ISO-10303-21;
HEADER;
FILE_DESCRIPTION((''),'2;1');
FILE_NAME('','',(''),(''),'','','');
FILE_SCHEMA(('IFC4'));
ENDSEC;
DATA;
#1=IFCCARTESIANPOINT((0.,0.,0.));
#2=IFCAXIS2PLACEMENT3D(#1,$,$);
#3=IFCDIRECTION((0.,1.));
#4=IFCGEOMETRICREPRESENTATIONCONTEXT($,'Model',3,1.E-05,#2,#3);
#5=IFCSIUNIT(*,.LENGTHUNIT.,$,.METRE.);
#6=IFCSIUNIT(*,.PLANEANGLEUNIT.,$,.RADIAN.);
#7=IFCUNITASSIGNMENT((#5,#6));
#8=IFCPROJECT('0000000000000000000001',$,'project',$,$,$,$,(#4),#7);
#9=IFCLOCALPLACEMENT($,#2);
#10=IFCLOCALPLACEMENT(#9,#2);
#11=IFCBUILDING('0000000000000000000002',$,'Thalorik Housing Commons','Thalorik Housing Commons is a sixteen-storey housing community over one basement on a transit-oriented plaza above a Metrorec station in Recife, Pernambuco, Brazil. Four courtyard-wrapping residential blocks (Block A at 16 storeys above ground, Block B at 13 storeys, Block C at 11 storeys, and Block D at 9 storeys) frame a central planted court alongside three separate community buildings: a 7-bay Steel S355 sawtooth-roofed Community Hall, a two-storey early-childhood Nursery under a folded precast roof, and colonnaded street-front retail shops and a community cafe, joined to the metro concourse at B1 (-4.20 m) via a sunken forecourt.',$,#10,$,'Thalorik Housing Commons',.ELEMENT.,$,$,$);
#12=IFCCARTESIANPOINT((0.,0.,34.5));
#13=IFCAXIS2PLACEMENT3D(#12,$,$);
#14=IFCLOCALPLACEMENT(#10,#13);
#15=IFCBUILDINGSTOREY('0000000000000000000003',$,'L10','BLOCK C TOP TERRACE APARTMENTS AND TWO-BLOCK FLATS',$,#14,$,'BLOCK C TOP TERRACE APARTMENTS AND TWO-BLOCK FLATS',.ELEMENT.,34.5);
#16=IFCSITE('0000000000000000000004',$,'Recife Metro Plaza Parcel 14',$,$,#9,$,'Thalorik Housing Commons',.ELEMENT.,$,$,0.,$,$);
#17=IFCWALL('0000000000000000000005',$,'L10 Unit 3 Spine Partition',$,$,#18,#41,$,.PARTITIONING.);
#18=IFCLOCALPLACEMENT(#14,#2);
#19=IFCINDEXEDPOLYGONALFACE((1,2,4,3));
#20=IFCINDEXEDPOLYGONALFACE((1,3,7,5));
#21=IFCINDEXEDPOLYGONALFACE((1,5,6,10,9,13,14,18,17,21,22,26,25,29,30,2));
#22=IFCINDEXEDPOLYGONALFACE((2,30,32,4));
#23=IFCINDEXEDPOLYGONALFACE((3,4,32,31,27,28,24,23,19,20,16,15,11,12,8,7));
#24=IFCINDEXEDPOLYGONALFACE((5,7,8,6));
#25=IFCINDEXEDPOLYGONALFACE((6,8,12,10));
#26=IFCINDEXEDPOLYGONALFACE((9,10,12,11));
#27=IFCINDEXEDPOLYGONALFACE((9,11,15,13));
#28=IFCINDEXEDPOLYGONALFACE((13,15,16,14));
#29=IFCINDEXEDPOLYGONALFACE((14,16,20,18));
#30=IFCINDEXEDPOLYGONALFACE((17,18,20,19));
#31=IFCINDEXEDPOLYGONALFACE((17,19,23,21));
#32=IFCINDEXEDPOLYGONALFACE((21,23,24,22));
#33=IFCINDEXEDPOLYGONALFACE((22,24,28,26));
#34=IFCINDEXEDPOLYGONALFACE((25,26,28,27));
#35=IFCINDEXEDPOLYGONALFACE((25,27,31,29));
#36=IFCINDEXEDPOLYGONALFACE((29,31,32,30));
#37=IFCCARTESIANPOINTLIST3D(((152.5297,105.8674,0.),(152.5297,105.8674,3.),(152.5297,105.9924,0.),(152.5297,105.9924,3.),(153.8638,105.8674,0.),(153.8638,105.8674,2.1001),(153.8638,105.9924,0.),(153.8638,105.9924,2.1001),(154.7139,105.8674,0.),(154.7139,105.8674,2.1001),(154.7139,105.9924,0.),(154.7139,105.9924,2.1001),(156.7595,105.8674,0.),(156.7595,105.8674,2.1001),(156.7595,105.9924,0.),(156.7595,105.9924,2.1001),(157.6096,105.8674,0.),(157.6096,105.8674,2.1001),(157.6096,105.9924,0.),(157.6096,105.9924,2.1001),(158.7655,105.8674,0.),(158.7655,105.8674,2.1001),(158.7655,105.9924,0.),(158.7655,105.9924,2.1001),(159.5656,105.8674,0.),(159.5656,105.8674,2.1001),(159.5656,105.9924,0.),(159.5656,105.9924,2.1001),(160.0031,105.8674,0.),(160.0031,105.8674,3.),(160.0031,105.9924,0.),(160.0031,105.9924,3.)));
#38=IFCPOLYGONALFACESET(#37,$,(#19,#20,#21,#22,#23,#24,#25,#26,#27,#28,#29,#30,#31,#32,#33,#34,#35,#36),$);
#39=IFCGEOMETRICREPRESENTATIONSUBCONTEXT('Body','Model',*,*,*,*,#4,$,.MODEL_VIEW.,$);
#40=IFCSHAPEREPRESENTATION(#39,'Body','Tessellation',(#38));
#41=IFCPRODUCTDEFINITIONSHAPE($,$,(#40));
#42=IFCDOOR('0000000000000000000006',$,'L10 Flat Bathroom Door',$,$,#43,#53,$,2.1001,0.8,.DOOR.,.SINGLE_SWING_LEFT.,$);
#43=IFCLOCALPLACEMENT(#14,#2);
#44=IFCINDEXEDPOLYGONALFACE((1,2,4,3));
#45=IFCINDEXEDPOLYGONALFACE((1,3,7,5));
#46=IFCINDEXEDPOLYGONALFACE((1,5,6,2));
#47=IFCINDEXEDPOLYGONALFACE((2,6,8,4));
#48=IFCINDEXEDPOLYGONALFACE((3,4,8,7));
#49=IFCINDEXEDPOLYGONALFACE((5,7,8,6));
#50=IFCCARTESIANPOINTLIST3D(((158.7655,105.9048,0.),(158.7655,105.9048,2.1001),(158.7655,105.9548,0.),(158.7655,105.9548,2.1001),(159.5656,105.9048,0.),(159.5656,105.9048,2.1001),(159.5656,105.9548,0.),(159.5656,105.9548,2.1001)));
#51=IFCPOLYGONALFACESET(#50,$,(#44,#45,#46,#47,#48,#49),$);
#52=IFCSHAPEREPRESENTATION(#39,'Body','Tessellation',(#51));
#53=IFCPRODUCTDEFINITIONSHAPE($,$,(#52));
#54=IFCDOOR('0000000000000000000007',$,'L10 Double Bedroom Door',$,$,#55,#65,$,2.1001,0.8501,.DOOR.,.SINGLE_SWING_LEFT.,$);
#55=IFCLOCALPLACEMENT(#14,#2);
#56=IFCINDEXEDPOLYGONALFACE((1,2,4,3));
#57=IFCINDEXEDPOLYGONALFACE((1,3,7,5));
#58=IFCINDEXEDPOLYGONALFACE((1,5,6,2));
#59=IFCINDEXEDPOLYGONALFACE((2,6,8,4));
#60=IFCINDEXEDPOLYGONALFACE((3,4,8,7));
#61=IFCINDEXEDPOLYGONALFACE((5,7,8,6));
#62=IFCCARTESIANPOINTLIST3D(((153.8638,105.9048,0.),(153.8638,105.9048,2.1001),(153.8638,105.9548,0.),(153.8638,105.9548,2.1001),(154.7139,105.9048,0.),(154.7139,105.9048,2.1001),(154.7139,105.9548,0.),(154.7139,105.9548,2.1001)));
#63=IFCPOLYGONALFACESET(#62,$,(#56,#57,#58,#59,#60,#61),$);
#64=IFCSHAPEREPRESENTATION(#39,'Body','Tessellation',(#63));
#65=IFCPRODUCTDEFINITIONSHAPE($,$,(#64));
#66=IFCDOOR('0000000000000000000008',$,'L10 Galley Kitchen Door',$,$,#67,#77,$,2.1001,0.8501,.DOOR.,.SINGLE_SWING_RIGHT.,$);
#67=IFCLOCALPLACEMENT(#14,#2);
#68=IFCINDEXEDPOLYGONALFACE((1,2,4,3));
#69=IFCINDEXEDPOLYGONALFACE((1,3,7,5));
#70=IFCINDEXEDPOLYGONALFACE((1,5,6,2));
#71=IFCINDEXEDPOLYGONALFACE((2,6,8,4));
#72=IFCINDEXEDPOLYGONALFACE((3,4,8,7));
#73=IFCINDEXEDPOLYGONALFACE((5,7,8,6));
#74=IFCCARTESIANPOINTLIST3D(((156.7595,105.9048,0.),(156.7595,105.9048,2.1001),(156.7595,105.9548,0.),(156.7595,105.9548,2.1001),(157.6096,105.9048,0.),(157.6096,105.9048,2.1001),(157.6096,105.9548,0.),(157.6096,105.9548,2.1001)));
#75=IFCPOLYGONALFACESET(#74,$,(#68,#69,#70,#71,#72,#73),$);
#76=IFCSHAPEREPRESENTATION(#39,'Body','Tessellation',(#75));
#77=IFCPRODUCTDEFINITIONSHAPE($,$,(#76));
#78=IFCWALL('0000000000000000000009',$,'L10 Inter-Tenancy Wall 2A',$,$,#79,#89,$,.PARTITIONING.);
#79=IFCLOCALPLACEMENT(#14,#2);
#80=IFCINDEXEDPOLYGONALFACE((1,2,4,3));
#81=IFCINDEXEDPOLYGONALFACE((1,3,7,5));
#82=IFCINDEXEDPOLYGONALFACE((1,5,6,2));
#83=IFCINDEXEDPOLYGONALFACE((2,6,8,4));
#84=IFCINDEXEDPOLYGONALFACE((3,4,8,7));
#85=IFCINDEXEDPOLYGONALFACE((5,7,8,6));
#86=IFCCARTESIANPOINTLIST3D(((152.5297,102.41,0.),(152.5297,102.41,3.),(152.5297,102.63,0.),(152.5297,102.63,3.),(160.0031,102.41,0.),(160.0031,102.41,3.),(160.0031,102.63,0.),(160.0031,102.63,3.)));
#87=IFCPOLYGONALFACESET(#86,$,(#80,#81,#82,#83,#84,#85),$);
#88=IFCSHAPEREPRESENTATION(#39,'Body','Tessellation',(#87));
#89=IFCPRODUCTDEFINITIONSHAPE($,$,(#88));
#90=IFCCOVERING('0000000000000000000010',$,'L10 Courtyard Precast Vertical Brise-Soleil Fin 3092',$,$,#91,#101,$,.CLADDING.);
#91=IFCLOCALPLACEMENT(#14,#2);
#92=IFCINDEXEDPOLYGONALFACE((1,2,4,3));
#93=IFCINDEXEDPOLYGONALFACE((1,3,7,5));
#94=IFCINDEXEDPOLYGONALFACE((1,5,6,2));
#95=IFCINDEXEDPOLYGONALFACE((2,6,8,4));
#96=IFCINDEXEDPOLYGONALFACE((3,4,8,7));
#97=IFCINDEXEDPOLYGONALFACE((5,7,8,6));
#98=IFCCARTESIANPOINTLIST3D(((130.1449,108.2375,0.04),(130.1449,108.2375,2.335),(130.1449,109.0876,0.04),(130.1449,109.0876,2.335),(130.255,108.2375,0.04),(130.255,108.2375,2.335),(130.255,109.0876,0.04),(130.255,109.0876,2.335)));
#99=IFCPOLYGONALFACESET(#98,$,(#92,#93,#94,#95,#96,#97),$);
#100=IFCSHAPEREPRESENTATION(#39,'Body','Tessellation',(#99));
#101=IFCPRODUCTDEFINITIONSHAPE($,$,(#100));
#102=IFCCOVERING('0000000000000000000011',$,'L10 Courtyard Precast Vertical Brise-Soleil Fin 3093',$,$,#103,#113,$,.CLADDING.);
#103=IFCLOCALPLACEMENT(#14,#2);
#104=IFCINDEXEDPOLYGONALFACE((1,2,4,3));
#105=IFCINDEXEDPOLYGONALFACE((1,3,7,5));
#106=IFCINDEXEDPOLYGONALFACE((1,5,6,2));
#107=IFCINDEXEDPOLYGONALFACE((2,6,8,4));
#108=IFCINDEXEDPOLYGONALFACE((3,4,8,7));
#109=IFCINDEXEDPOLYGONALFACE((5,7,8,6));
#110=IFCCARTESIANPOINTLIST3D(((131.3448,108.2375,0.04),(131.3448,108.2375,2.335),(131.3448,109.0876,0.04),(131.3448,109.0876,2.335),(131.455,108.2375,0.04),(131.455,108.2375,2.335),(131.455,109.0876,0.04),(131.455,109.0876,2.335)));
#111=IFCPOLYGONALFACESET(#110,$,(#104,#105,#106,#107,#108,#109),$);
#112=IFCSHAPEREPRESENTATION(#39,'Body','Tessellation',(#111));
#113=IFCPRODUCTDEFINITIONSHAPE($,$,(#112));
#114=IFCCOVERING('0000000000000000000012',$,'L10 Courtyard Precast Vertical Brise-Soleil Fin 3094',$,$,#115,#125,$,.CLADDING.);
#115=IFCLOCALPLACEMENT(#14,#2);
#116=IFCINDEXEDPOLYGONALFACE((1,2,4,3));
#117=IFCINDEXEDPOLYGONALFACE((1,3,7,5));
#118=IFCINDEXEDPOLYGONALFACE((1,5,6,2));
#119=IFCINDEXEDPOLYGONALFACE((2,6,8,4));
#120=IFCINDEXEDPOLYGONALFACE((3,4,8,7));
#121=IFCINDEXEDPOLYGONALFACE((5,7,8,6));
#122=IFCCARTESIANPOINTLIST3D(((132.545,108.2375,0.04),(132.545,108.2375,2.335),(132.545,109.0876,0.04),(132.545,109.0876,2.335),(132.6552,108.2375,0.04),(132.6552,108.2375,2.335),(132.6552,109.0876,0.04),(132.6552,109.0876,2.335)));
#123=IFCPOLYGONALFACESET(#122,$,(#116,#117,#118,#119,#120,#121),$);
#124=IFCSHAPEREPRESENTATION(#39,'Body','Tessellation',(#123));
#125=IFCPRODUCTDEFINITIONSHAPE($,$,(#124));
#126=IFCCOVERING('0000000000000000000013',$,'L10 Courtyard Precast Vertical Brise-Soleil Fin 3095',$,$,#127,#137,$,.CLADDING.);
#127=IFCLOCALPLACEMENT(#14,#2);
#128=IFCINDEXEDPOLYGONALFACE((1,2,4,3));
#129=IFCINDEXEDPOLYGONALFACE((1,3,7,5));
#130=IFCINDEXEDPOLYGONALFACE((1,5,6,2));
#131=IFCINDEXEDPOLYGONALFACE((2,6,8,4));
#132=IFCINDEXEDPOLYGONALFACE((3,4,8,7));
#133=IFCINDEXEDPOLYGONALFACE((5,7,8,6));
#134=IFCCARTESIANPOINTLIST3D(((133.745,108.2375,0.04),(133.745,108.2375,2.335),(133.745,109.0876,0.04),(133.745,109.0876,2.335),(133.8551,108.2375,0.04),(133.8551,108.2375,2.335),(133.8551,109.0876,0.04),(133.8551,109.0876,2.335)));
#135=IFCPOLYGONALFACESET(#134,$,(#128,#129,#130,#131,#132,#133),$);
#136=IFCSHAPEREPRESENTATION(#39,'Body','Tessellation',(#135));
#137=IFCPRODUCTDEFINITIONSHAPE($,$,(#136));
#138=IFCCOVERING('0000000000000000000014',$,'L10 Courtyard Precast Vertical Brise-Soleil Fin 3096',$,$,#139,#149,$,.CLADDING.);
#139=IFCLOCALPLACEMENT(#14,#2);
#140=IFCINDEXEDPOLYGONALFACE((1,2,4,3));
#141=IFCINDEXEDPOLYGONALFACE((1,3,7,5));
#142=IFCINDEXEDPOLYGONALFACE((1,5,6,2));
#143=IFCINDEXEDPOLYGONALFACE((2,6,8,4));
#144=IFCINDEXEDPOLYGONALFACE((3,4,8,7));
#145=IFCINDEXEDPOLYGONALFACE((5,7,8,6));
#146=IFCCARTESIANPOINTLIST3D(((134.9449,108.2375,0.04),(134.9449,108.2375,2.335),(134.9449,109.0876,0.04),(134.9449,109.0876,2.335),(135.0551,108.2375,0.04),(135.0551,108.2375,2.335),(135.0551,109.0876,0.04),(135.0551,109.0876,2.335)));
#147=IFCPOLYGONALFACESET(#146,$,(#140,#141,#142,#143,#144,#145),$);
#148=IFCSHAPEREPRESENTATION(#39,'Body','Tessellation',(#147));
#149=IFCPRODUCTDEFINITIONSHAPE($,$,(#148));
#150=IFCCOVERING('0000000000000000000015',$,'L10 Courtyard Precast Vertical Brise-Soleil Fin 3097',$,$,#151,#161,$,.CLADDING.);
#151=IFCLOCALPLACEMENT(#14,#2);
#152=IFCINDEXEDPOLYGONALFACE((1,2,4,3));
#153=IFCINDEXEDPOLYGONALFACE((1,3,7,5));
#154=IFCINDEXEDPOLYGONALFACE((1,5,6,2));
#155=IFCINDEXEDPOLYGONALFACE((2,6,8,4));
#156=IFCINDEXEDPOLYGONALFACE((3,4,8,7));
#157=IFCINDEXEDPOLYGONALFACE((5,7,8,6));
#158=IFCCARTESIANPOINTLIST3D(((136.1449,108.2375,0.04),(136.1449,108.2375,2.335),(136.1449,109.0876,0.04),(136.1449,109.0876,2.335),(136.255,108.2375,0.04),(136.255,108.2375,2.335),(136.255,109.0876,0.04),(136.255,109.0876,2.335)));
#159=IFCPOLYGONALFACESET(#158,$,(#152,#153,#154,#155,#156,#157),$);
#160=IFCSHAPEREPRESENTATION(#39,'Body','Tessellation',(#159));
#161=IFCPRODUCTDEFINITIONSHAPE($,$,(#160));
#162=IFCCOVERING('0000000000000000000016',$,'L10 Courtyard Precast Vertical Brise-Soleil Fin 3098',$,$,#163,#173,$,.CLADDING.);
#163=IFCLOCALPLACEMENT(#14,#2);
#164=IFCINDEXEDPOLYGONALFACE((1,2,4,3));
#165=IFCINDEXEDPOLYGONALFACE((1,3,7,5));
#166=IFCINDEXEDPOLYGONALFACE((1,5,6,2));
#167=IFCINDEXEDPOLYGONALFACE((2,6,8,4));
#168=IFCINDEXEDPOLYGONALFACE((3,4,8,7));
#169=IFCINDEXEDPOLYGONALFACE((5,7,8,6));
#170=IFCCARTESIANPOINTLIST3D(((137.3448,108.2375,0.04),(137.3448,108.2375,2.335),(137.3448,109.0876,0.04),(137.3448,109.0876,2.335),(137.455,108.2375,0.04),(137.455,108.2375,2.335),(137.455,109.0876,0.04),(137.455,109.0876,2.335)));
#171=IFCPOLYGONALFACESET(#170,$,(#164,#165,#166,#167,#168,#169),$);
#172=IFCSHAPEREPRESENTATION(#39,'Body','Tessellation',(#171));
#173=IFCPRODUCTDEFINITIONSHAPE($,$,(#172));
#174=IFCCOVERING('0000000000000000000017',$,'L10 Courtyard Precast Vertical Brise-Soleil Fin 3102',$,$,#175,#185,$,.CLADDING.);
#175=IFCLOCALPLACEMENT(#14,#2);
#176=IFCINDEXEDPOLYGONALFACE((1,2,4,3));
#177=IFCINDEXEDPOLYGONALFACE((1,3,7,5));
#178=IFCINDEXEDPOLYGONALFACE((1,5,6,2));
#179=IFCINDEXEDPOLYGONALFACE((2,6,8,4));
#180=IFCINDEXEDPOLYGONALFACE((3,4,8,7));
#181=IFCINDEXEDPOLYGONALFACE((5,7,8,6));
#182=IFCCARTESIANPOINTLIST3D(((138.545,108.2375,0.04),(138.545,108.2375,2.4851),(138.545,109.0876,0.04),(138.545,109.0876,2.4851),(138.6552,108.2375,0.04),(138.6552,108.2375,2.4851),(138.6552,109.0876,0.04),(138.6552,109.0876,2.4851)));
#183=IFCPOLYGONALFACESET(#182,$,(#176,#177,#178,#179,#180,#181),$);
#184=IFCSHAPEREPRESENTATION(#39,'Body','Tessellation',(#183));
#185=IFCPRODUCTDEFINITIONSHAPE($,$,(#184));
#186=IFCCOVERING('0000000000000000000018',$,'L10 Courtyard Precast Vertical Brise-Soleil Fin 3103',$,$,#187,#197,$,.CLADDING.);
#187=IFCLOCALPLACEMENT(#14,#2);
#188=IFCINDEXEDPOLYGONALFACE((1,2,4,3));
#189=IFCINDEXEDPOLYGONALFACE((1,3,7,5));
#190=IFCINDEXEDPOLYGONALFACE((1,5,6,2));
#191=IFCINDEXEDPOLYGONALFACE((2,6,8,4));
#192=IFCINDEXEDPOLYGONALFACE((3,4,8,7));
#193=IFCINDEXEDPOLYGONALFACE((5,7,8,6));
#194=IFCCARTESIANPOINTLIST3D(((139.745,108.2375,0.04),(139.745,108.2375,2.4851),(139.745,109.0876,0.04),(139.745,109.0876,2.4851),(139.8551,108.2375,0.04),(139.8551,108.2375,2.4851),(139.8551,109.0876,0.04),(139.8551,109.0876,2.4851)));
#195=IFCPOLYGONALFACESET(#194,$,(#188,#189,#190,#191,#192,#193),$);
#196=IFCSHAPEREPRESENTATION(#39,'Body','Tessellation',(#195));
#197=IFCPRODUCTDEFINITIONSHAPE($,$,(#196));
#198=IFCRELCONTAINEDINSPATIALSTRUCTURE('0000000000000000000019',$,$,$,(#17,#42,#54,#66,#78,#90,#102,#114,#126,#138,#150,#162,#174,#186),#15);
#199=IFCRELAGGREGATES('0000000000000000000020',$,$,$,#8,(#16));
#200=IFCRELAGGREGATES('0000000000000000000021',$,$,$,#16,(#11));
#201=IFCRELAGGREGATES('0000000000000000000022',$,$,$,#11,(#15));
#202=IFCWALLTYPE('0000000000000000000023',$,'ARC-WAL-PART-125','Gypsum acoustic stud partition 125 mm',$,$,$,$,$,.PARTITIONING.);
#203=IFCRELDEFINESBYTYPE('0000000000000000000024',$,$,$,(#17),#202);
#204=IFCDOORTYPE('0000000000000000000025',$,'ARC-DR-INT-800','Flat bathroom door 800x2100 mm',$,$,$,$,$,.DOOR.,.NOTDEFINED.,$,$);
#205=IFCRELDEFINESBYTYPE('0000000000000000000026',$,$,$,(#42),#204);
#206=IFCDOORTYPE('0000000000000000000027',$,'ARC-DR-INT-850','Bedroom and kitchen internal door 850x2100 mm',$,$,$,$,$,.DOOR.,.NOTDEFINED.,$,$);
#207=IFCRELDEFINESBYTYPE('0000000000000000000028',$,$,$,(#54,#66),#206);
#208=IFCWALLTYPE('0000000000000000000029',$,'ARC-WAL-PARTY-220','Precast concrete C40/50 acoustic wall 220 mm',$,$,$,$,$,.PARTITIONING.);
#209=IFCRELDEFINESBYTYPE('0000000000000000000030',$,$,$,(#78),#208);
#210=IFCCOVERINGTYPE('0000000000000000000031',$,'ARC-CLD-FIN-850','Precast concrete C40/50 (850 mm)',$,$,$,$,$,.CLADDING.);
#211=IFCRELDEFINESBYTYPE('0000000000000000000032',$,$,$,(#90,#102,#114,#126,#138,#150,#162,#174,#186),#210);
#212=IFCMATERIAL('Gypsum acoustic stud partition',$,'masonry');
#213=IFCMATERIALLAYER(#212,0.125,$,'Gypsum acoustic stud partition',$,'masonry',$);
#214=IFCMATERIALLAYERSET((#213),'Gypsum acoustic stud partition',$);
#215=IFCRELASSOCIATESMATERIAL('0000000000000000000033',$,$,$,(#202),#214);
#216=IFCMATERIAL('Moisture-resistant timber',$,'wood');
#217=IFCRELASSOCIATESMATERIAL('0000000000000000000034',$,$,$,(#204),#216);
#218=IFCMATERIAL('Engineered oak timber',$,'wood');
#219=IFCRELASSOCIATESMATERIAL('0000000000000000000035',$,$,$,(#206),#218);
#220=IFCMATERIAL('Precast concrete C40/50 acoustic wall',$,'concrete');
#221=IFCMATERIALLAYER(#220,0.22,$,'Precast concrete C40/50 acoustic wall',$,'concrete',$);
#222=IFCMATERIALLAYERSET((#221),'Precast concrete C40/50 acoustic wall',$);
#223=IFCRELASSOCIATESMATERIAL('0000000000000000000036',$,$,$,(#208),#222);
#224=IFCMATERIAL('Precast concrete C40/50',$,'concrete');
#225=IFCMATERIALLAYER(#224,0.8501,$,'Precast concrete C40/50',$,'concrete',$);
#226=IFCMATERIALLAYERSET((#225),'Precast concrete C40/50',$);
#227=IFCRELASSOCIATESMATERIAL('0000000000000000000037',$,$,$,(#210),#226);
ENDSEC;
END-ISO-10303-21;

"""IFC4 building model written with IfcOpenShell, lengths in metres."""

from ifc_helpers import new_model, si_unit, direction, frame, frame_2d, origin, origin_2d, place, context, subcontext, project, spatial, rectangle, extrude, material, layer, layer_set, type_object, element, fill, save


model = new_model("IFC4")

# Units and contexts
model_context = context("Model", 3, precision=1e-05, world=origin(), true_north=direction((0.0, 1.0)))
body_context = subcontext(model_context, "Body", "Model", "MODEL_VIEW")
ifc_project = project(units=[si_unit("LENGTHUNIT", "METRE"), si_unit("PLANEANGLEUNIT", "RADIAN")], contexts=[model_context])

# Site, building, storey
site_placement = place(None, origin())
site = spatial("IfcSite", under=ifc_project, at=site_placement, Name="Recife Metro Plaza Parcel 14", LongName="Thalorik Housing Commons", CompositionType="ELEMENT", RefElevation=0.0)
building_placement = place(site_placement, origin())
building = spatial("IfcBuilding", under=site, at=building_placement, Name="Thalorik Housing Commons", Description="Thalorik Housing Commons is a sixteen-storey housing community over one basement on a transit-oriented plaza above a Metrorec station in Recife, Pernambuco, Brazil. Four courtyard-wrapping residential blocks (Block A at 16 storeys above ground, Block B at 13 storeys, Block C at 11 storeys, and Block D at 9 storeys) frame a central planted court alongside three separate community buildings: a 7-bay Steel S355 sawtooth-roofed Community Hall, a two-storey early-childhood Nursery under a folded precast roof, and colonnaded street-front retail shops and a community cafe, joined to the metro concourse at B1 (-4.20 m) via a sunken forecourt.", LongName="Thalorik Housing Commons", CompositionType="ELEMENT")
storey_placement = place(building_placement, frame((0.0, 0.0, 34.5)))
storey = spatial("IfcBuildingStorey", under=building, at=storey_placement, Name="L10", Description="BLOCK C TOP TERRACE APARTMENTS AND TWO-BLOCK FLATS", LongName="BLOCK C TOP TERRACE APARTMENTS AND TWO-BLOCK FLATS", CompositionType="ELEMENT", Elevation=34.5)

# Wall, openings, doors
ifc_material_1 = material(Name="Gypsum acoustic stud partition", Category="masonry")
ifc_layer_1 = layer(ifc_material_1, 0.125, Name="Gypsum acoustic stud partition", Category="masonry")
ifc_layer_set_1 = layer_set([ifc_layer_1], Name="Gypsum acoustic stud partition")
wall_type_1 = type_object("IfcWallType", Name="ARC-WAL-PART-125", Description="Gypsum acoustic stud partition 125 mm", PredefinedType="PARTITIONING", material=ifc_layer_set_1)
wall_1_placement = place(storey_placement, frame((152.5295, 105.9299, 0.0), z_axis=(0.0, 0.0, 1.0), x_axis=(1.0, 0.0, 0.0)))
wall_1 = element("IfcWall", 1, at=wall_1_placement, inside=storey, type_object=wall_type_1, Name="L10 Unit 3 Spine Partition", PredefinedType="PARTITIONING", context=body_context, shape_type="SweptSolid", body=[
    extrude(rectangle(XDim=7.4734, YDim=0.125, at=frame_2d((3.7368, 0.0))), origin(), (0.0, 0.0, 1.0), 3.0),
])
opening_1_placement = place(wall_1_placement, frame((1.3342, 0.0, 0.0)))
opening_1 = element("IfcOpeningElement", 2, at=opening_1_placement, cuts=wall_1, PredefinedType="OPENING", context=body_context, shape_type="SweptSolid", body=[
    extrude(rectangle(XDim=0.8501, YDim=2.1001, at=frame_2d((0.425, 1.05))), frame((0.0, 0.0725, 0.0), z_axis=(0.0, -1.0, 0.0), x_axis=(1.0, 0.0, 0.0)), (0.0, 0.0, 1.0), 0.145),
])
opening_2_placement = place(wall_1_placement, frame((4.23, 0.0, 0.0)))
opening_2 = element("IfcOpeningElement", 3, at=opening_2_placement, cuts=wall_1, PredefinedType="OPENING", context=body_context, shape_type="SweptSolid", body=[
    extrude(rectangle(XDim=0.8501, YDim=2.1001, at=frame_2d((0.425, 1.05))), frame((0.0, 0.0725, 0.0), z_axis=(0.0, -1.0, 0.0), x_axis=(1.0, 0.0, 0.0)), (0.0, 0.0, 1.0), 0.145),
])
opening_3_placement = place(wall_1_placement, frame((6.2361, 0.0, 0.0)))
opening_3 = element("IfcOpeningElement", 4, at=opening_3_placement, cuts=wall_1, PredefinedType="OPENING", context=body_context, shape_type="SweptSolid", body=[
    extrude(rectangle(XDim=0.8, YDim=2.1001, at=frame_2d((0.3999, 1.05))), frame((0.0, 0.0725, 0.0), z_axis=(0.0, -1.0, 0.0), x_axis=(1.0, 0.0, 0.0)), (0.0, 0.0, 1.0), 0.145),
])
ifc_material_2 = material(Name="Moisture-resistant timber", Category="wood")
door_type_1 = type_object("IfcDoorType", Name="ARC-DR-INT-800", Description="Flat bathroom door 800x2100 mm", OperationType="NOTDEFINED", PredefinedType="DOOR", material=ifc_material_2)
door_1_placement = place(opening_3_placement, origin())
door_1 = element("IfcDoor", 5, at=door_1_placement, inside=storey, type_object=door_type_1, Name="L10 Flat Bathroom Door", OperationType="SINGLE_SWING_LEFT", OverallHeight=2.1001, OverallWidth=0.8, PredefinedType="DOOR", context=body_context, shape_type="SweptSolid", body=[
    extrude(rectangle(XDim=0.8, YDim=2.1001, at=frame_2d((0.3999, 1.05))), frame((0.0, 0.0249, 0.0), z_axis=(0.0, -1.0, 0.0), x_axis=(1.0, 0.0, 0.0)), (0.0, 0.0, 1.0), 0.05),
])
fill(opening_3, door_1)
ifc_material_3 = material(Name="Engineered oak timber", Category="wood")
door_type_2 = type_object("IfcDoorType", Name="ARC-DR-INT-850", Description="Bedroom and kitchen internal door 850x2100 mm", OperationType="NOTDEFINED", PredefinedType="DOOR", material=ifc_material_3)
door_2_placement = place(opening_1_placement, origin())
door_2 = element("IfcDoor", 6, at=door_2_placement, inside=storey, type_object=door_type_2, Name="L10 Double Bedroom Door", OperationType="SINGLE_SWING_LEFT", OverallHeight=2.1001, OverallWidth=0.8501, PredefinedType="DOOR", context=body_context, shape_type="SweptSolid", body=[
    extrude(rectangle(XDim=0.8501, YDim=2.1001, at=frame_2d((0.425, 1.05))), frame((0.0, 0.0249, 0.0), z_axis=(0.0, -1.0, 0.0), x_axis=(1.0, 0.0, 0.0)), (0.0, 0.0, 1.0), 0.05),
])
fill(opening_1, door_2)
door_3_placement = place(opening_2_placement, origin())
door_3 = element("IfcDoor", 7, at=door_3_placement, inside=storey, type_object=door_type_2, Name="L10 Galley Kitchen Door", OperationType="SINGLE_SWING_RIGHT", OverallHeight=2.1001, OverallWidth=0.8501, PredefinedType="DOOR", context=body_context, shape_type="SweptSolid", body=[
    extrude(rectangle(XDim=0.8501, YDim=2.1001, at=frame_2d((0.425, 1.05))), frame((0.0, 0.0249, 0.0), z_axis=(0.0, -1.0, 0.0), x_axis=(1.0, 0.0, 0.0)), (0.0, 0.0, 1.0), 0.05),
])
fill(opening_2, door_3)

# Wall
ifc_material_4 = material(Name="Precast concrete C40/50 acoustic wall", Category="concrete")
ifc_layer_2 = layer(ifc_material_4, 0.22, Name="Precast concrete C40/50 acoustic wall", Category="concrete")
ifc_layer_set_2 = layer_set([ifc_layer_2], Name="Precast concrete C40/50 acoustic wall")
wall_type_2 = type_object("IfcWallType", Name="ARC-WAL-PARTY-220", Description="Precast concrete C40/50 acoustic wall 220 mm", PredefinedType="PARTITIONING", material=ifc_layer_set_2)
wall_2_placement = place(storey_placement, frame((152.5295, 102.52, 0.0), z_axis=(0.0, 0.0, 1.0), x_axis=(1.0, 0.0, 0.0)))
element("IfcWall", 8, at=wall_2_placement, inside=storey, type_object=wall_type_2, Name="L10 Inter-Tenancy Wall 2A", PredefinedType="PARTITIONING", context=body_context, shape_type="SweptSolid", body=[
    extrude(rectangle(XDim=7.4734, YDim=0.22, at=frame_2d((3.7368, 0.0))), origin(), (0.0, 0.0, 1.0), 3.0),
])

# Coverings
ifc_material_5 = material(Name="Precast concrete C40/50", Category="concrete")
ifc_layer_3 = layer(ifc_material_5, 0.8501, Name="Precast concrete C40/50", Category="concrete")
ifc_layer_set_3 = layer_set([ifc_layer_3], Name="Precast concrete C40/50")
covering_type_1 = type_object("IfcCoveringType", Name="ARC-CLD-FIN-850", Description="Precast concrete C40/50 (850 mm)", PredefinedType="CLADDING", material=ifc_layer_set_3)
for number, where, z_axis, x_axis, name in (
    (9, (130.2, 108.6626, 0.04), (0.0, 0.0, 1.0), (1.0, 0.0, 0.0), "L10 Courtyard Precast Vertical Brise-Soleil Fin 3092"),
    (10, (131.3999, 108.6626, 0.04), (0.0, 0.0, 1.0), (1.0, 0.0, 0.0), "L10 Courtyard Precast Vertical Brise-Soleil Fin 3093"),
    (11, (132.6001, 108.6626, 0.04), (0.0, 0.0, 1.0), (1.0, 0.0, 0.0), "L10 Courtyard Precast Vertical Brise-Soleil Fin 3094"),
    (12, (133.8, 108.6626, 0.04), (0.0, 0.0, 1.0), (1.0, 0.0, 0.0), "L10 Courtyard Precast Vertical Brise-Soleil Fin 3095"),
    (13, (135.0, 108.6626, 0.04), (0.0, 0.0, 1.0), (1.0, 0.0, 0.0), "L10 Courtyard Precast Vertical Brise-Soleil Fin 3096"),
    (14, (136.2, 108.6626, 0.04), (0.0, 0.0, 1.0), (1.0, 0.0, 0.0), "L10 Courtyard Precast Vertical Brise-Soleil Fin 3097"),
    (15, (137.3999, 108.6626, 0.04), (0.0, 0.0, 1.0), (1.0, 0.0, 0.0), "L10 Courtyard Precast Vertical Brise-Soleil Fin 3098"),
):
    element("IfcCovering", number, at=place(storey_placement, frame(where, z_axis=z_axis, x_axis=x_axis)), inside=storey, type_object=covering_type_1, Name=name, PredefinedType="CLADDING", context=body_context, shape_type="SweptSolid", body=[
        extrude(rectangle(XDim=0.1101, YDim=0.8501, at=origin_2d()), origin(), (0.0, 0.0, 1.0), 2.2949),
    ])
for number, where, z_axis, x_axis, name in (
    (16, (138.6001, 108.6626, 0.04), (0.0, 0.0, 1.0), (1.0, 0.0, 0.0), "L10 Courtyard Precast Vertical Brise-Soleil Fin 3102"),
    (17, (139.8, 108.6626, 0.04), (0.0, 0.0, 1.0), (1.0, 0.0, 0.0), "L10 Courtyard Precast Vertical Brise-Soleil Fin 3103"),
):
    element("IfcCovering", number, at=place(storey_placement, frame(where, z_axis=z_axis, x_axis=x_axis)), inside=storey, type_object=covering_type_1, Name=name, PredefinedType="CLADDING", context=body_context, shape_type="SweptSolid", body=[
        extrude(rectangle(XDim=0.1101, YDim=0.8501, at=origin_2d()), origin(), (0.0, 0.0, 1.0), 2.4451),
    ])

save(model, "model.ifc")
